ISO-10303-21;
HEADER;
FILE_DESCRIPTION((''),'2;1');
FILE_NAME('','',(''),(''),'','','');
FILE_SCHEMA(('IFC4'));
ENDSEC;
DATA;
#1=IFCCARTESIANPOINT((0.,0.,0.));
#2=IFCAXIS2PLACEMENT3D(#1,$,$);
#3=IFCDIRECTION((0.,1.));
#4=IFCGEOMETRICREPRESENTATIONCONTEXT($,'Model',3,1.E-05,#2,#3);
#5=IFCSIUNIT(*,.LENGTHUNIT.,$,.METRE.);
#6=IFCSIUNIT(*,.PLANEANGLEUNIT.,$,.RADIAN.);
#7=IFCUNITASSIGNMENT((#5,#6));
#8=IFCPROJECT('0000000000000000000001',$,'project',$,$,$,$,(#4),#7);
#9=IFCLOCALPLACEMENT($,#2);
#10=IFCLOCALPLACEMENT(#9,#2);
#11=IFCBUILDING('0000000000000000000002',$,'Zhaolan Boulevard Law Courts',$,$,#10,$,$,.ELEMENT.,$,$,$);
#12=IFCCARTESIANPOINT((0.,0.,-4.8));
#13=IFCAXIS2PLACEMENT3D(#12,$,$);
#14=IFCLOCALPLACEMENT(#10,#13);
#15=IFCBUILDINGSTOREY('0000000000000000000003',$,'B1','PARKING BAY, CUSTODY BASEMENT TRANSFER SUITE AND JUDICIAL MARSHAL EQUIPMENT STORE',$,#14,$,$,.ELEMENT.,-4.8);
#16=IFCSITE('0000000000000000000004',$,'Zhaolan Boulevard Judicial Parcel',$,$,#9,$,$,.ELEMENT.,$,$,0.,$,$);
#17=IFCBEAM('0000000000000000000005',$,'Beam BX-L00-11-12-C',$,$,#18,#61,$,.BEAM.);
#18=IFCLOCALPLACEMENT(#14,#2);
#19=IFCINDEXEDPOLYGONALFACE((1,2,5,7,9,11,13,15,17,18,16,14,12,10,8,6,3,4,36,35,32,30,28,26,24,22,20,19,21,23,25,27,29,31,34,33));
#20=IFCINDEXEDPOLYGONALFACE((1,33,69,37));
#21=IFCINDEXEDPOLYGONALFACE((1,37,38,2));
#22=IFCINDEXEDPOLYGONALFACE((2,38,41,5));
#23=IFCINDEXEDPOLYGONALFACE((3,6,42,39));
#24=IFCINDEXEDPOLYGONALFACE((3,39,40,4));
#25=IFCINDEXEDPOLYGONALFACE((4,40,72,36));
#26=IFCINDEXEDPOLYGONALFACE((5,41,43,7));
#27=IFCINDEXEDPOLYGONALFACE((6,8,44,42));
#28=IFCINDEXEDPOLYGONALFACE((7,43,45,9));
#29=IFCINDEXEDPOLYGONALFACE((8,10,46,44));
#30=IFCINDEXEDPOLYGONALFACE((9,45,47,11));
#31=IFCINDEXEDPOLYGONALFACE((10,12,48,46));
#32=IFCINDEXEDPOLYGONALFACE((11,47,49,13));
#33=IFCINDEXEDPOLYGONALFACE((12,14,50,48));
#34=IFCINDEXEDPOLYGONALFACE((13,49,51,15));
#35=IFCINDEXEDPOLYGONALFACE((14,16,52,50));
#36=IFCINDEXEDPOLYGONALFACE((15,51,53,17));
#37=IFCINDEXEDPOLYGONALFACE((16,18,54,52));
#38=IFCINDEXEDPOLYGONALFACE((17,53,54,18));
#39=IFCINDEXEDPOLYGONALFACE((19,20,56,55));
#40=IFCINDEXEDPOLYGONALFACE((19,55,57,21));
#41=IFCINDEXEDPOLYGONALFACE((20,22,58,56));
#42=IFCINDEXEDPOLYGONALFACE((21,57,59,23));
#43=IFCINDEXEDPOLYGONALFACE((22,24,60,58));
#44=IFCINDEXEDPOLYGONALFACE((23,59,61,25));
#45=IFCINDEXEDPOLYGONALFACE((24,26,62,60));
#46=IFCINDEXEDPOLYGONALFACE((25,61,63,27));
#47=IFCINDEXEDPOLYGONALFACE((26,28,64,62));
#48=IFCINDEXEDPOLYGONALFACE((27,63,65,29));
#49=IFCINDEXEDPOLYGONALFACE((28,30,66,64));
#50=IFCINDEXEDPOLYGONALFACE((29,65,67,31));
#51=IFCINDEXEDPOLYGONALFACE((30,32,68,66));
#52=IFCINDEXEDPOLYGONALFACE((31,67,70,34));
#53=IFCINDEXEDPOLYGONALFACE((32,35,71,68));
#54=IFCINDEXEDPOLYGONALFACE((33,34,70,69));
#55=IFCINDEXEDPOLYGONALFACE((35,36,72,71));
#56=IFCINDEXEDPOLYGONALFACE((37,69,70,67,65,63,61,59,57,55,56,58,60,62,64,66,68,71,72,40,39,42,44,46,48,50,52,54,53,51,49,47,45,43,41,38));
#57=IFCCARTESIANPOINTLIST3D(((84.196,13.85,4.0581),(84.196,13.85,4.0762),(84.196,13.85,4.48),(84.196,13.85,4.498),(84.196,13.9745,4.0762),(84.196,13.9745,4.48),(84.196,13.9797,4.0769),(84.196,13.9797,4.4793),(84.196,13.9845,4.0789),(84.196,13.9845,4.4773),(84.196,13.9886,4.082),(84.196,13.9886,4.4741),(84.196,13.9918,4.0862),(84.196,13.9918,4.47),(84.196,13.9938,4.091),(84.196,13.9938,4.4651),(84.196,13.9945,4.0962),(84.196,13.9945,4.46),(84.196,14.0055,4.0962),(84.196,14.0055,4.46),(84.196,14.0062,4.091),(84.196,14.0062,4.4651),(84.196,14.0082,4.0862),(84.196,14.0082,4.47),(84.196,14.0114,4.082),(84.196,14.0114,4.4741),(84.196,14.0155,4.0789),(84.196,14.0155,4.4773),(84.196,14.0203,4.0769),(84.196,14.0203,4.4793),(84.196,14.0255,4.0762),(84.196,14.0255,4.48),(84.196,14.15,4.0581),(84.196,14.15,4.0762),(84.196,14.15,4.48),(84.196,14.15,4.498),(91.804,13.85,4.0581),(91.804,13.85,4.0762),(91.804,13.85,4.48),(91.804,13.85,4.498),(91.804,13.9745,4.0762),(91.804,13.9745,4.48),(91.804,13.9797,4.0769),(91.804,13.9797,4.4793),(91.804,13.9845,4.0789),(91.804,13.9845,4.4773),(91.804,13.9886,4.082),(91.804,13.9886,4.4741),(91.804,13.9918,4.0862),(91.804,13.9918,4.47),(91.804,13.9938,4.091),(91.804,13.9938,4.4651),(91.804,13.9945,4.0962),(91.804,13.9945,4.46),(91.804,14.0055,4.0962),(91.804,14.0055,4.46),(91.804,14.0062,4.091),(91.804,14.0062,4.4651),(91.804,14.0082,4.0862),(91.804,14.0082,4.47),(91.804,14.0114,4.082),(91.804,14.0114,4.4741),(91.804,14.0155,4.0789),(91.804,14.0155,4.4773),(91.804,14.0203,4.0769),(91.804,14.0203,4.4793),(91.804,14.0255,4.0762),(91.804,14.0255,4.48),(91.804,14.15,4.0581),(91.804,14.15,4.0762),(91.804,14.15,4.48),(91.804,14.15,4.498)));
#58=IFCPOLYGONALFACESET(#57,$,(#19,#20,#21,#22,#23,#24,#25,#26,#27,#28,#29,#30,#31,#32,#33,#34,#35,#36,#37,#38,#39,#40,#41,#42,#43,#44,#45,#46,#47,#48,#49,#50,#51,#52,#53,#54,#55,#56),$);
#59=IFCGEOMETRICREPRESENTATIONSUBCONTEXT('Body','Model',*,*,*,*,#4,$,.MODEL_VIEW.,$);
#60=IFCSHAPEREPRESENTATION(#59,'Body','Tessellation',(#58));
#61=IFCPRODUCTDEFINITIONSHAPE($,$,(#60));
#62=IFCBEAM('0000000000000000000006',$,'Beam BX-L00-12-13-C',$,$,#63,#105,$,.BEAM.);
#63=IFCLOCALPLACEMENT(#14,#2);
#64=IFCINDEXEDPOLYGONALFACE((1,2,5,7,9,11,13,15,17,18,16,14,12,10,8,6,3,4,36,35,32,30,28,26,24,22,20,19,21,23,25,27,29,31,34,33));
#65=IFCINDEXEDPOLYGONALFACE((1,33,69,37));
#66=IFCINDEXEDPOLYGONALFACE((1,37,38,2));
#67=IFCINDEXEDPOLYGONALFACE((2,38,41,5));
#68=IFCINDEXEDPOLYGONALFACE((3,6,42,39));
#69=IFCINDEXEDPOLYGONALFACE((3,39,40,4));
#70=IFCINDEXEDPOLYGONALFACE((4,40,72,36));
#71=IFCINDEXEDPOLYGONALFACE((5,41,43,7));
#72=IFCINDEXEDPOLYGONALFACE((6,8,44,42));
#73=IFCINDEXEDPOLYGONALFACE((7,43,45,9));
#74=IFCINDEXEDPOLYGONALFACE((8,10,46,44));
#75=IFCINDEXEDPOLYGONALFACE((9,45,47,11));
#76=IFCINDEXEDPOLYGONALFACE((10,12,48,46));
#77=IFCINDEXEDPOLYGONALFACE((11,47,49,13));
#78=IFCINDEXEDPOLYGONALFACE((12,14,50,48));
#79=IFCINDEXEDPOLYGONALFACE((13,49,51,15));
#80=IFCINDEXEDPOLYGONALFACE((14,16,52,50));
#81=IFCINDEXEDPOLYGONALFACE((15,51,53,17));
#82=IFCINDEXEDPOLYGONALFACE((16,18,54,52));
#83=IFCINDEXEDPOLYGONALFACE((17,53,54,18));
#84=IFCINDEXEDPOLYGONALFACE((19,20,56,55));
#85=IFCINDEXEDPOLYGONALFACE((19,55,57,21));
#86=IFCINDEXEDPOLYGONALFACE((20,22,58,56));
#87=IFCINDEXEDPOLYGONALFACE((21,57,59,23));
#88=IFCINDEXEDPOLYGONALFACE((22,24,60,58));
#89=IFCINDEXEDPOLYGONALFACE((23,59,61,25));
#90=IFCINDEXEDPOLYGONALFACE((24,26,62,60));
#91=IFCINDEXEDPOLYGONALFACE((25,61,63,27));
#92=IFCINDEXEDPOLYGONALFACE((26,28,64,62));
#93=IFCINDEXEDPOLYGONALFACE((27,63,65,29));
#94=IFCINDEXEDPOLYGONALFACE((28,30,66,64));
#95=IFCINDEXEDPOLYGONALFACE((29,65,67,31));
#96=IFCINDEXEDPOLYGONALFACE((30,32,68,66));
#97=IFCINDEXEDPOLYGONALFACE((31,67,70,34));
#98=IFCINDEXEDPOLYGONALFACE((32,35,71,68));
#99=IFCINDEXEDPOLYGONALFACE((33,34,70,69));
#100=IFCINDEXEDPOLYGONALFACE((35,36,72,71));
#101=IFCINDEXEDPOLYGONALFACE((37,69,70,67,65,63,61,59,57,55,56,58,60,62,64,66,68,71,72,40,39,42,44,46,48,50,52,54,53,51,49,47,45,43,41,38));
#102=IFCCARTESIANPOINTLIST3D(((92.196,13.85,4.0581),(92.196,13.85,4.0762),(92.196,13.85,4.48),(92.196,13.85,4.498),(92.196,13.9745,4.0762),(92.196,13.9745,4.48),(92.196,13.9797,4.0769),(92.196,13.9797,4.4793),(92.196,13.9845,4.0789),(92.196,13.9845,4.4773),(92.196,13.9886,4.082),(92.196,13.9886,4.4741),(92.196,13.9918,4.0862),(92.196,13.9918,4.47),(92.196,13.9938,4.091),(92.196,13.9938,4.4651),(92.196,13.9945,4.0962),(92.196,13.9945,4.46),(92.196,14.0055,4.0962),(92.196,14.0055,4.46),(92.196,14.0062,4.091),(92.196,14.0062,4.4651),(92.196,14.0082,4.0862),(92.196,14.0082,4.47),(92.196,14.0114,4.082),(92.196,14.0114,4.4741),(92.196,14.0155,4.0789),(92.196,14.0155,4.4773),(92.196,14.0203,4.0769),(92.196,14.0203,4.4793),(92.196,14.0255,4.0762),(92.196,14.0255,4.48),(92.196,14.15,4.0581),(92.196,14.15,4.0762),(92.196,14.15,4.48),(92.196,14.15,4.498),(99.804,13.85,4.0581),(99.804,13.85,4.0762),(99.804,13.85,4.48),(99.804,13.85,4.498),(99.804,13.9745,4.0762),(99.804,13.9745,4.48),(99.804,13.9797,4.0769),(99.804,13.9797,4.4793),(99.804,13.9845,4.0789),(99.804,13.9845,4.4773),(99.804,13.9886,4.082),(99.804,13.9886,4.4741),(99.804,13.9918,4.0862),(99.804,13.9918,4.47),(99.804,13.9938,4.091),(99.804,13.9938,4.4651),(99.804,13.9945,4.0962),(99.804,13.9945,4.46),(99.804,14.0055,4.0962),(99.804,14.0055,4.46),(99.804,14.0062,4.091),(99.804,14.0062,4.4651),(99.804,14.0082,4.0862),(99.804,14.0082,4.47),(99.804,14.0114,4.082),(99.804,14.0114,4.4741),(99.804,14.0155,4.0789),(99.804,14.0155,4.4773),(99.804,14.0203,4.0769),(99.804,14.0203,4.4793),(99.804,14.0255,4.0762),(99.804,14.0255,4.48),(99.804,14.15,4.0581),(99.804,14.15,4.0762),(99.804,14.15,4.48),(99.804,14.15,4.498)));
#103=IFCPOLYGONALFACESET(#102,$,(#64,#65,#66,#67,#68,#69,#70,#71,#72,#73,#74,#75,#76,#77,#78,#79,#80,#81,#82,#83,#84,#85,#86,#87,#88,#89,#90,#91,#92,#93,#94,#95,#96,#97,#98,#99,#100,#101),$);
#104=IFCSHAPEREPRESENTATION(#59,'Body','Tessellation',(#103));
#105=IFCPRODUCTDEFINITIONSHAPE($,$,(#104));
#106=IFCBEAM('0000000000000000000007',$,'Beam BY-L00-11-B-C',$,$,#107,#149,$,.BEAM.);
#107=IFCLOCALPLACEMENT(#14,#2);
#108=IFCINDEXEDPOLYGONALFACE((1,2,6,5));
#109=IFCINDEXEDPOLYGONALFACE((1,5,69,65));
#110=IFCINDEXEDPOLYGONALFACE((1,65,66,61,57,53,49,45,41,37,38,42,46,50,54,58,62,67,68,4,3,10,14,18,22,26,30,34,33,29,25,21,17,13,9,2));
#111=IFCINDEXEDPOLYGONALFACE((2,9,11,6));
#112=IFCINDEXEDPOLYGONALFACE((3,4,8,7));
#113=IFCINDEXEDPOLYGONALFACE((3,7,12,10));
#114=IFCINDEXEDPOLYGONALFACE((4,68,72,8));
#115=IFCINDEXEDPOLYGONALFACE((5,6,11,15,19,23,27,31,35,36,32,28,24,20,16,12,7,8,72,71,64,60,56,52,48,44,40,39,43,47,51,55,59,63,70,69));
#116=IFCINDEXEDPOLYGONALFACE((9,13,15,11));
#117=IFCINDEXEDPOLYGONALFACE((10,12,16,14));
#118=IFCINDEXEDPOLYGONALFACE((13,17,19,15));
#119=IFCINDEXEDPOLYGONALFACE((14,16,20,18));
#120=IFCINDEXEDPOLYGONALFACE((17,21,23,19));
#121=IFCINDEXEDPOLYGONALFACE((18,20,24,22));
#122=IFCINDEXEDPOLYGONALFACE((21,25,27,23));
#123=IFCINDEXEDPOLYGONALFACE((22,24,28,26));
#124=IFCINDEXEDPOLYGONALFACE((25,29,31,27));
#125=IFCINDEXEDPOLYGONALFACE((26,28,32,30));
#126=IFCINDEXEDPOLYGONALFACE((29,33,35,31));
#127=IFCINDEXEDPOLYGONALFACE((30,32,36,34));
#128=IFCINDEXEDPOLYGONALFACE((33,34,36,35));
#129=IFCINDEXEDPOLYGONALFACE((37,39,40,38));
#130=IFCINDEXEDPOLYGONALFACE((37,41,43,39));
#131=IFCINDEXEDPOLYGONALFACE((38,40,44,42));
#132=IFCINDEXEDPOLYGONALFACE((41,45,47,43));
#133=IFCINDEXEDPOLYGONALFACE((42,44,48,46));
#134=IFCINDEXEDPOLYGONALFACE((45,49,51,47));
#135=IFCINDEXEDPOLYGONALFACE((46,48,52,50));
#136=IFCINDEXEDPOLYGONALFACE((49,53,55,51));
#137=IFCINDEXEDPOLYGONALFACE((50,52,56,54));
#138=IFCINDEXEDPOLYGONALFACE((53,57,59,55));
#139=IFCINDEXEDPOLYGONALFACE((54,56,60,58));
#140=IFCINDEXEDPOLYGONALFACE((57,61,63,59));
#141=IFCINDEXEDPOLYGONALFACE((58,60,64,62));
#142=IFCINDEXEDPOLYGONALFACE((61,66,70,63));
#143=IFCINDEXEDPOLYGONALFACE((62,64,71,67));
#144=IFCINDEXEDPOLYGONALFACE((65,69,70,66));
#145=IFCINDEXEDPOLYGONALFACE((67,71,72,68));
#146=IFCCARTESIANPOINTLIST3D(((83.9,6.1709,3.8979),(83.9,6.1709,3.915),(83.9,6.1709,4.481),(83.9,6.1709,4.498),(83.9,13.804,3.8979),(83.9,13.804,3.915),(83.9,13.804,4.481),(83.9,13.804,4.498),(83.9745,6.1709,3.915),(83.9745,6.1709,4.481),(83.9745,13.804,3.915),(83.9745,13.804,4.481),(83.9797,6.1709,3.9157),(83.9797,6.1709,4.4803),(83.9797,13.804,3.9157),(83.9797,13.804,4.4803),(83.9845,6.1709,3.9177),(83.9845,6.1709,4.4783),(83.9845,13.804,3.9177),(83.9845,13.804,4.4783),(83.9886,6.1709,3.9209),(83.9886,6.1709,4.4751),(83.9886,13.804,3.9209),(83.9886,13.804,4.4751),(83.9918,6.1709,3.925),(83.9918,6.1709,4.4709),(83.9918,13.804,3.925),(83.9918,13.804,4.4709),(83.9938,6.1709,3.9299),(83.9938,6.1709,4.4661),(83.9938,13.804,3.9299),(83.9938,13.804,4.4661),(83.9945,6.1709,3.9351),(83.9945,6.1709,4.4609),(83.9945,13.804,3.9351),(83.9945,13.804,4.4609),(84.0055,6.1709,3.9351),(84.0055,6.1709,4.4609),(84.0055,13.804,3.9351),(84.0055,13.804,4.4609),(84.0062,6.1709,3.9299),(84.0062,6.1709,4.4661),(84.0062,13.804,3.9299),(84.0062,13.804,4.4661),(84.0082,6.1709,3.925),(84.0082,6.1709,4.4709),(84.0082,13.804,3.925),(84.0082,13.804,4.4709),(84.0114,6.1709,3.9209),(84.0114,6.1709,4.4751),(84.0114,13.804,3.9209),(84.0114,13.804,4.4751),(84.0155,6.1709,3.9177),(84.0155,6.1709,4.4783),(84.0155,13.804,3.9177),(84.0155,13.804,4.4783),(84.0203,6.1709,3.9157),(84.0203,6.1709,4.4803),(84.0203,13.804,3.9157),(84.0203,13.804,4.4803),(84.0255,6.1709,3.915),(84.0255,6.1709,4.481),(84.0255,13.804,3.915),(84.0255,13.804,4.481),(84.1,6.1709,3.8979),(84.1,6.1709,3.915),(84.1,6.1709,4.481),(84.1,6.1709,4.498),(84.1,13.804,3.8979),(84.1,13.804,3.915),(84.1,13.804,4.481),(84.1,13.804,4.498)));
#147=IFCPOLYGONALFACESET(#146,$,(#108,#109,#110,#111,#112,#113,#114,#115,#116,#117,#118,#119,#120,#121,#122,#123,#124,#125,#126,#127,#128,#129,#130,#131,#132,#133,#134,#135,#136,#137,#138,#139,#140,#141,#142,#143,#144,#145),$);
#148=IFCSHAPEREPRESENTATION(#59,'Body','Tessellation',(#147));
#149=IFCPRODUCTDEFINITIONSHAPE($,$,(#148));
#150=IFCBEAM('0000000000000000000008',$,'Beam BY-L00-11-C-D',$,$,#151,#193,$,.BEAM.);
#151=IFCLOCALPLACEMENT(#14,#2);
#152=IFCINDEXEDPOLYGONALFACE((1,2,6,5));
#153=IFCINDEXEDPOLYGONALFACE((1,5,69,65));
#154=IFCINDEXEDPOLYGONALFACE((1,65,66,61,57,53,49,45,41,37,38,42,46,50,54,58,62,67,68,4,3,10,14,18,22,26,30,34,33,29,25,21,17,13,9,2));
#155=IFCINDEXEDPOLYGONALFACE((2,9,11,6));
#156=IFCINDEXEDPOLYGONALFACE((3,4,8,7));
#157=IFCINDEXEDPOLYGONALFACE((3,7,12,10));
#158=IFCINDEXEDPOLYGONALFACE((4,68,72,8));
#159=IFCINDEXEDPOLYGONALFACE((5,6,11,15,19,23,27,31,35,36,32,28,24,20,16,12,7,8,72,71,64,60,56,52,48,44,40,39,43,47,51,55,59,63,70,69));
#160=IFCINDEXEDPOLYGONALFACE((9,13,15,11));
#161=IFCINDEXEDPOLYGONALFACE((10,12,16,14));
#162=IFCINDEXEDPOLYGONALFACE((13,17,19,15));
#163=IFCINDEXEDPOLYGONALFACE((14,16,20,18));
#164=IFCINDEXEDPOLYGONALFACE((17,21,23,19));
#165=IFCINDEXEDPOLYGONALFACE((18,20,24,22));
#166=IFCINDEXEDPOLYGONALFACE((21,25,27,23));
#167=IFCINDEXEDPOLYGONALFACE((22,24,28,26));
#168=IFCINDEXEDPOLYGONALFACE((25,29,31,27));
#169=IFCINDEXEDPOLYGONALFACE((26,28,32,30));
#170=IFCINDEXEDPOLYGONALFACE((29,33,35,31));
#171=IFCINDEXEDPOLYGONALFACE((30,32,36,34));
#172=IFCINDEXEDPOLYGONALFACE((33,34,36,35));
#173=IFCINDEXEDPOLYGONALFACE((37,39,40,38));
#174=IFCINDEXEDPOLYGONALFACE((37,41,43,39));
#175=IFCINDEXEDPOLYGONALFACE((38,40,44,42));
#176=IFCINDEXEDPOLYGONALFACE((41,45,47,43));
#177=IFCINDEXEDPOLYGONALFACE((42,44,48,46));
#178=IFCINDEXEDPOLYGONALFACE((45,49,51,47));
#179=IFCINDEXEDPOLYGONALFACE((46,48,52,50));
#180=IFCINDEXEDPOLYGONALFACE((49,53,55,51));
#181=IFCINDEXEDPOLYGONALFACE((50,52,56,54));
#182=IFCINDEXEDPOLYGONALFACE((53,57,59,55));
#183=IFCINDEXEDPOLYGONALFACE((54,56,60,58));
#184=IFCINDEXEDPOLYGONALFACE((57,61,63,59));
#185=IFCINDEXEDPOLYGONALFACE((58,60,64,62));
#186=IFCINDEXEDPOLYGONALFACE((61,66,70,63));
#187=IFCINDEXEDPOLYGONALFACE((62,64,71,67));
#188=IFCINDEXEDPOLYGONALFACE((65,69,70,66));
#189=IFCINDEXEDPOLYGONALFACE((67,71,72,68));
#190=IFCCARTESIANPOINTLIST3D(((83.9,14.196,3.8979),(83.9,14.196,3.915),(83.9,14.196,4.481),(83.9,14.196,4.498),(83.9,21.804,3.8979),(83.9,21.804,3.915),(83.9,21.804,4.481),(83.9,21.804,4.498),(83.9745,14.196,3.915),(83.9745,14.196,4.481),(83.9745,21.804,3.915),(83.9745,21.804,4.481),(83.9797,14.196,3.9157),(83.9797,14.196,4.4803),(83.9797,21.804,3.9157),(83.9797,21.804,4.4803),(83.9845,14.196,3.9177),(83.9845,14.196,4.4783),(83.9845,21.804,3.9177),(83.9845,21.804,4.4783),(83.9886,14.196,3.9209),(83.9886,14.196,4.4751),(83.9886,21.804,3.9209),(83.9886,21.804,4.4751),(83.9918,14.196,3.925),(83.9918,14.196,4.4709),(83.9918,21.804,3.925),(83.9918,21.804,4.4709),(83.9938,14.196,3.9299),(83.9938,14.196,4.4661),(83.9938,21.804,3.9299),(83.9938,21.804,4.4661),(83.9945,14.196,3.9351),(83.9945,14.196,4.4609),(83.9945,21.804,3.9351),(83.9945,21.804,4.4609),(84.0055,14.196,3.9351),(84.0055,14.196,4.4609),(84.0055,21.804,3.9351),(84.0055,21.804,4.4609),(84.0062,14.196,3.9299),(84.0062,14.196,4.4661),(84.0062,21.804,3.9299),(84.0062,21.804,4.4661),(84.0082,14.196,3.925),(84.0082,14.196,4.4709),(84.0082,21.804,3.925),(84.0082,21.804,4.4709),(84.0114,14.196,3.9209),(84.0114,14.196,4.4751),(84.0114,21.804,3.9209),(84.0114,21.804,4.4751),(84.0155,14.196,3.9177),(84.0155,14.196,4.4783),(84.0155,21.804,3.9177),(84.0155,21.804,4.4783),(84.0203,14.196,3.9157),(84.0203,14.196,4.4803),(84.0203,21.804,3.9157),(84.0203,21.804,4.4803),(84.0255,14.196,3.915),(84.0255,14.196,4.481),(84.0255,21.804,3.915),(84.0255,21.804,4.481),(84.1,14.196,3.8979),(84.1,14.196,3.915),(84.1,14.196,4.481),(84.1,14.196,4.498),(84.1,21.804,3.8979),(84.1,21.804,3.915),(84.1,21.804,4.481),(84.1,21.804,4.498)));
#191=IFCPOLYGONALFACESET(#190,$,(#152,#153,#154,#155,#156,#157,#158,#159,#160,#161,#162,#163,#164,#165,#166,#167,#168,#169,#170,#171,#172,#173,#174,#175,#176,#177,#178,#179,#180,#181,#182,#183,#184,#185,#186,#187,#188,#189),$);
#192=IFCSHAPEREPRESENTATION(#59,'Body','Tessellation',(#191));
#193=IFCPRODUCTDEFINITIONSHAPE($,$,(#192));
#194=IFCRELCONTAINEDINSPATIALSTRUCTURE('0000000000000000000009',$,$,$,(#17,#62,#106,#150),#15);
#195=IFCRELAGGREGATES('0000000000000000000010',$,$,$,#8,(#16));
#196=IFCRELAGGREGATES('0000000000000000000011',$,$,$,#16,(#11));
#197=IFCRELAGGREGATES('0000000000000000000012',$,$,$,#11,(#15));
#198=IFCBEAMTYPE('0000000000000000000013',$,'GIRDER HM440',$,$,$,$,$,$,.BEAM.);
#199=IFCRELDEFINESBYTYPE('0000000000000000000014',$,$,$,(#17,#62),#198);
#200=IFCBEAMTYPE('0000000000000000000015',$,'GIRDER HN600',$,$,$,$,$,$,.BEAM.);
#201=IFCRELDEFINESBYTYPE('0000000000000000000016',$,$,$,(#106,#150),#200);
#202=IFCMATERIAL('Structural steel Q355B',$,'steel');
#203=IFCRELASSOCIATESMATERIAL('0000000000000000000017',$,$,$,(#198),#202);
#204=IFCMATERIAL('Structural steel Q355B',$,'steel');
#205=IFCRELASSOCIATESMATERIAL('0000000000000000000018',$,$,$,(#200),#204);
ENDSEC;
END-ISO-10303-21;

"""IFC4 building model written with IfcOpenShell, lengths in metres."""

from ifc_helpers import new_model, si_unit, direction, frame, origin, origin_2d, place, context, subcontext, project, spatial, i_section, extrude, material, material_profile, profile_set, type_object, element, save


model = new_model("IFC4")

# Units and contexts
model_context = context("Model", 3, precision=1e-05, world=origin(), true_north=direction((0.0, 1.0)))
body_context = subcontext(model_context, "Body", "Model", "MODEL_VIEW")
ifc_project = project(units=[si_unit("LENGTHUNIT", "METRE"), si_unit("PLANEANGLEUNIT", "RADIAN")], contexts=[model_context])

# Site, building, storey
site_placement = place(None, origin())
site = spatial("IfcSite", under=ifc_project, at=site_placement, Name="Zhaolan Boulevard Judicial Parcel", CompositionType="ELEMENT", RefElevation=0.0)
building_placement = place(site_placement, origin())
building = spatial("IfcBuilding", under=site, at=building_placement, Name="Zhaolan Boulevard Law Courts", CompositionType="ELEMENT")
storey_placement = place(building_placement, frame((0.0, 0.0, -4.8)))
storey = spatial("IfcBuildingStorey", under=building, at=storey_placement, Name="B1", Description="PARKING BAY, CUSTODY BASEMENT TRANSFER SUITE AND JUDICIAL MARSHAL EQUIPMENT STORE", CompositionType="ELEMENT", Elevation=-4.8)

# Beams
ifc_material_1 = material(Name="Structural steel Q355B", Category="steel")
ifc_material_profile_1 = material_profile(ifc_material_1, i_section(OverallWidth=0.3, OverallDepth=0.4399, WebThickness=0.011, FlangeThickness=0.0181, FilletRadius=0.02, at=origin_2d()), Name="HM440x300")
ifc_profile_set_1 = profile_set([ifc_material_profile_1], Name="Structural steel Q355B")
beam_type_1 = type_object("IfcBeamType", Name="GIRDER HM440", PredefinedType="BEAM", material=ifc_profile_set_1)
for number, where, z_axis, x_axis, name in (
    (1, (84.196, 14.0, 4.2781), (1.0, 0.0, 0.0), (0.0, 1.0, 0.0), "Beam BX-L00-11-12-C"),
    (2, (92.196, 14.0, 4.2781), (1.0, 0.0, 0.0), (0.0, 1.0, 0.0), "Beam BX-L00-12-13-C"),
):
    element("IfcBeam", number, at=place(storey_placement, frame(where, z_axis=z_axis, x_axis=x_axis)), inside=storey, type_object=beam_type_1, Name=name, PredefinedType="BEAM", context=body_context, shape_type="SweptSolid", body=[
        extrude(i_section(OverallWidth=0.3, OverallDepth=0.4399, WebThickness=0.011, FlangeThickness=0.0181, FilletRadius=0.02, at=origin_2d()), origin(), (0.0, 0.0, 1.0), 7.6079),
    ])
ifc_material_2 = material(Name="Structural steel Q355B", Category="steel")
ifc_material_profile_2 = material_profile(ifc_material_2, i_section(OverallWidth=0.2, OverallDepth=0.6001, WebThickness=0.011, FlangeThickness=0.0171, FilletRadius=0.02, at=origin_2d()), Name="HN600x200")
ifc_profile_set_2 = profile_set([ifc_material_profile_2], Name="Structural steel Q355B")
beam_type_2 = type_object("IfcBeamType", Name="GIRDER HN600", PredefinedType="BEAM", material=ifc_profile_set_2)
beam_1_placement = place(storey_placement, frame((84.0, 6.1709, 4.198), z_axis=(0.0, 1.0, 0.0), x_axis=(-1.0, 0.0, 0.0)))
element("IfcBeam", 3, at=beam_1_placement, inside=storey, type_object=beam_type_2, Name="Beam BY-L00-11-B-C", PredefinedType="BEAM", context=body_context, shape_type="SweptSolid", body=[
    extrude(i_section(OverallWidth=0.2, OverallDepth=0.6001, WebThickness=0.011, FlangeThickness=0.0171, FilletRadius=0.02, at=origin_2d()), origin(), (0.0, 0.0, 1.0), 7.6331),
])
beam_2_placement = place(storey_placement, frame((84.0, 14.196, 4.198), z_axis=(0.0, 1.0, 0.0), x_axis=(-1.0, 0.0, 0.0)))
element("IfcBeam", 4, at=beam_2_placement, inside=storey, type_object=beam_type_2, Name="Beam BY-L00-11-C-D", PredefinedType="BEAM", context=body_context, shape_type="SweptSolid", body=[
    extrude(i_section(OverallWidth=0.2, OverallDepth=0.6001, WebThickness=0.011, FlangeThickness=0.0171, FilletRadius=0.02, at=origin_2d()), origin(), (0.0, 0.0, 1.0), 7.6079),
])

save(model, "model.ifc")
